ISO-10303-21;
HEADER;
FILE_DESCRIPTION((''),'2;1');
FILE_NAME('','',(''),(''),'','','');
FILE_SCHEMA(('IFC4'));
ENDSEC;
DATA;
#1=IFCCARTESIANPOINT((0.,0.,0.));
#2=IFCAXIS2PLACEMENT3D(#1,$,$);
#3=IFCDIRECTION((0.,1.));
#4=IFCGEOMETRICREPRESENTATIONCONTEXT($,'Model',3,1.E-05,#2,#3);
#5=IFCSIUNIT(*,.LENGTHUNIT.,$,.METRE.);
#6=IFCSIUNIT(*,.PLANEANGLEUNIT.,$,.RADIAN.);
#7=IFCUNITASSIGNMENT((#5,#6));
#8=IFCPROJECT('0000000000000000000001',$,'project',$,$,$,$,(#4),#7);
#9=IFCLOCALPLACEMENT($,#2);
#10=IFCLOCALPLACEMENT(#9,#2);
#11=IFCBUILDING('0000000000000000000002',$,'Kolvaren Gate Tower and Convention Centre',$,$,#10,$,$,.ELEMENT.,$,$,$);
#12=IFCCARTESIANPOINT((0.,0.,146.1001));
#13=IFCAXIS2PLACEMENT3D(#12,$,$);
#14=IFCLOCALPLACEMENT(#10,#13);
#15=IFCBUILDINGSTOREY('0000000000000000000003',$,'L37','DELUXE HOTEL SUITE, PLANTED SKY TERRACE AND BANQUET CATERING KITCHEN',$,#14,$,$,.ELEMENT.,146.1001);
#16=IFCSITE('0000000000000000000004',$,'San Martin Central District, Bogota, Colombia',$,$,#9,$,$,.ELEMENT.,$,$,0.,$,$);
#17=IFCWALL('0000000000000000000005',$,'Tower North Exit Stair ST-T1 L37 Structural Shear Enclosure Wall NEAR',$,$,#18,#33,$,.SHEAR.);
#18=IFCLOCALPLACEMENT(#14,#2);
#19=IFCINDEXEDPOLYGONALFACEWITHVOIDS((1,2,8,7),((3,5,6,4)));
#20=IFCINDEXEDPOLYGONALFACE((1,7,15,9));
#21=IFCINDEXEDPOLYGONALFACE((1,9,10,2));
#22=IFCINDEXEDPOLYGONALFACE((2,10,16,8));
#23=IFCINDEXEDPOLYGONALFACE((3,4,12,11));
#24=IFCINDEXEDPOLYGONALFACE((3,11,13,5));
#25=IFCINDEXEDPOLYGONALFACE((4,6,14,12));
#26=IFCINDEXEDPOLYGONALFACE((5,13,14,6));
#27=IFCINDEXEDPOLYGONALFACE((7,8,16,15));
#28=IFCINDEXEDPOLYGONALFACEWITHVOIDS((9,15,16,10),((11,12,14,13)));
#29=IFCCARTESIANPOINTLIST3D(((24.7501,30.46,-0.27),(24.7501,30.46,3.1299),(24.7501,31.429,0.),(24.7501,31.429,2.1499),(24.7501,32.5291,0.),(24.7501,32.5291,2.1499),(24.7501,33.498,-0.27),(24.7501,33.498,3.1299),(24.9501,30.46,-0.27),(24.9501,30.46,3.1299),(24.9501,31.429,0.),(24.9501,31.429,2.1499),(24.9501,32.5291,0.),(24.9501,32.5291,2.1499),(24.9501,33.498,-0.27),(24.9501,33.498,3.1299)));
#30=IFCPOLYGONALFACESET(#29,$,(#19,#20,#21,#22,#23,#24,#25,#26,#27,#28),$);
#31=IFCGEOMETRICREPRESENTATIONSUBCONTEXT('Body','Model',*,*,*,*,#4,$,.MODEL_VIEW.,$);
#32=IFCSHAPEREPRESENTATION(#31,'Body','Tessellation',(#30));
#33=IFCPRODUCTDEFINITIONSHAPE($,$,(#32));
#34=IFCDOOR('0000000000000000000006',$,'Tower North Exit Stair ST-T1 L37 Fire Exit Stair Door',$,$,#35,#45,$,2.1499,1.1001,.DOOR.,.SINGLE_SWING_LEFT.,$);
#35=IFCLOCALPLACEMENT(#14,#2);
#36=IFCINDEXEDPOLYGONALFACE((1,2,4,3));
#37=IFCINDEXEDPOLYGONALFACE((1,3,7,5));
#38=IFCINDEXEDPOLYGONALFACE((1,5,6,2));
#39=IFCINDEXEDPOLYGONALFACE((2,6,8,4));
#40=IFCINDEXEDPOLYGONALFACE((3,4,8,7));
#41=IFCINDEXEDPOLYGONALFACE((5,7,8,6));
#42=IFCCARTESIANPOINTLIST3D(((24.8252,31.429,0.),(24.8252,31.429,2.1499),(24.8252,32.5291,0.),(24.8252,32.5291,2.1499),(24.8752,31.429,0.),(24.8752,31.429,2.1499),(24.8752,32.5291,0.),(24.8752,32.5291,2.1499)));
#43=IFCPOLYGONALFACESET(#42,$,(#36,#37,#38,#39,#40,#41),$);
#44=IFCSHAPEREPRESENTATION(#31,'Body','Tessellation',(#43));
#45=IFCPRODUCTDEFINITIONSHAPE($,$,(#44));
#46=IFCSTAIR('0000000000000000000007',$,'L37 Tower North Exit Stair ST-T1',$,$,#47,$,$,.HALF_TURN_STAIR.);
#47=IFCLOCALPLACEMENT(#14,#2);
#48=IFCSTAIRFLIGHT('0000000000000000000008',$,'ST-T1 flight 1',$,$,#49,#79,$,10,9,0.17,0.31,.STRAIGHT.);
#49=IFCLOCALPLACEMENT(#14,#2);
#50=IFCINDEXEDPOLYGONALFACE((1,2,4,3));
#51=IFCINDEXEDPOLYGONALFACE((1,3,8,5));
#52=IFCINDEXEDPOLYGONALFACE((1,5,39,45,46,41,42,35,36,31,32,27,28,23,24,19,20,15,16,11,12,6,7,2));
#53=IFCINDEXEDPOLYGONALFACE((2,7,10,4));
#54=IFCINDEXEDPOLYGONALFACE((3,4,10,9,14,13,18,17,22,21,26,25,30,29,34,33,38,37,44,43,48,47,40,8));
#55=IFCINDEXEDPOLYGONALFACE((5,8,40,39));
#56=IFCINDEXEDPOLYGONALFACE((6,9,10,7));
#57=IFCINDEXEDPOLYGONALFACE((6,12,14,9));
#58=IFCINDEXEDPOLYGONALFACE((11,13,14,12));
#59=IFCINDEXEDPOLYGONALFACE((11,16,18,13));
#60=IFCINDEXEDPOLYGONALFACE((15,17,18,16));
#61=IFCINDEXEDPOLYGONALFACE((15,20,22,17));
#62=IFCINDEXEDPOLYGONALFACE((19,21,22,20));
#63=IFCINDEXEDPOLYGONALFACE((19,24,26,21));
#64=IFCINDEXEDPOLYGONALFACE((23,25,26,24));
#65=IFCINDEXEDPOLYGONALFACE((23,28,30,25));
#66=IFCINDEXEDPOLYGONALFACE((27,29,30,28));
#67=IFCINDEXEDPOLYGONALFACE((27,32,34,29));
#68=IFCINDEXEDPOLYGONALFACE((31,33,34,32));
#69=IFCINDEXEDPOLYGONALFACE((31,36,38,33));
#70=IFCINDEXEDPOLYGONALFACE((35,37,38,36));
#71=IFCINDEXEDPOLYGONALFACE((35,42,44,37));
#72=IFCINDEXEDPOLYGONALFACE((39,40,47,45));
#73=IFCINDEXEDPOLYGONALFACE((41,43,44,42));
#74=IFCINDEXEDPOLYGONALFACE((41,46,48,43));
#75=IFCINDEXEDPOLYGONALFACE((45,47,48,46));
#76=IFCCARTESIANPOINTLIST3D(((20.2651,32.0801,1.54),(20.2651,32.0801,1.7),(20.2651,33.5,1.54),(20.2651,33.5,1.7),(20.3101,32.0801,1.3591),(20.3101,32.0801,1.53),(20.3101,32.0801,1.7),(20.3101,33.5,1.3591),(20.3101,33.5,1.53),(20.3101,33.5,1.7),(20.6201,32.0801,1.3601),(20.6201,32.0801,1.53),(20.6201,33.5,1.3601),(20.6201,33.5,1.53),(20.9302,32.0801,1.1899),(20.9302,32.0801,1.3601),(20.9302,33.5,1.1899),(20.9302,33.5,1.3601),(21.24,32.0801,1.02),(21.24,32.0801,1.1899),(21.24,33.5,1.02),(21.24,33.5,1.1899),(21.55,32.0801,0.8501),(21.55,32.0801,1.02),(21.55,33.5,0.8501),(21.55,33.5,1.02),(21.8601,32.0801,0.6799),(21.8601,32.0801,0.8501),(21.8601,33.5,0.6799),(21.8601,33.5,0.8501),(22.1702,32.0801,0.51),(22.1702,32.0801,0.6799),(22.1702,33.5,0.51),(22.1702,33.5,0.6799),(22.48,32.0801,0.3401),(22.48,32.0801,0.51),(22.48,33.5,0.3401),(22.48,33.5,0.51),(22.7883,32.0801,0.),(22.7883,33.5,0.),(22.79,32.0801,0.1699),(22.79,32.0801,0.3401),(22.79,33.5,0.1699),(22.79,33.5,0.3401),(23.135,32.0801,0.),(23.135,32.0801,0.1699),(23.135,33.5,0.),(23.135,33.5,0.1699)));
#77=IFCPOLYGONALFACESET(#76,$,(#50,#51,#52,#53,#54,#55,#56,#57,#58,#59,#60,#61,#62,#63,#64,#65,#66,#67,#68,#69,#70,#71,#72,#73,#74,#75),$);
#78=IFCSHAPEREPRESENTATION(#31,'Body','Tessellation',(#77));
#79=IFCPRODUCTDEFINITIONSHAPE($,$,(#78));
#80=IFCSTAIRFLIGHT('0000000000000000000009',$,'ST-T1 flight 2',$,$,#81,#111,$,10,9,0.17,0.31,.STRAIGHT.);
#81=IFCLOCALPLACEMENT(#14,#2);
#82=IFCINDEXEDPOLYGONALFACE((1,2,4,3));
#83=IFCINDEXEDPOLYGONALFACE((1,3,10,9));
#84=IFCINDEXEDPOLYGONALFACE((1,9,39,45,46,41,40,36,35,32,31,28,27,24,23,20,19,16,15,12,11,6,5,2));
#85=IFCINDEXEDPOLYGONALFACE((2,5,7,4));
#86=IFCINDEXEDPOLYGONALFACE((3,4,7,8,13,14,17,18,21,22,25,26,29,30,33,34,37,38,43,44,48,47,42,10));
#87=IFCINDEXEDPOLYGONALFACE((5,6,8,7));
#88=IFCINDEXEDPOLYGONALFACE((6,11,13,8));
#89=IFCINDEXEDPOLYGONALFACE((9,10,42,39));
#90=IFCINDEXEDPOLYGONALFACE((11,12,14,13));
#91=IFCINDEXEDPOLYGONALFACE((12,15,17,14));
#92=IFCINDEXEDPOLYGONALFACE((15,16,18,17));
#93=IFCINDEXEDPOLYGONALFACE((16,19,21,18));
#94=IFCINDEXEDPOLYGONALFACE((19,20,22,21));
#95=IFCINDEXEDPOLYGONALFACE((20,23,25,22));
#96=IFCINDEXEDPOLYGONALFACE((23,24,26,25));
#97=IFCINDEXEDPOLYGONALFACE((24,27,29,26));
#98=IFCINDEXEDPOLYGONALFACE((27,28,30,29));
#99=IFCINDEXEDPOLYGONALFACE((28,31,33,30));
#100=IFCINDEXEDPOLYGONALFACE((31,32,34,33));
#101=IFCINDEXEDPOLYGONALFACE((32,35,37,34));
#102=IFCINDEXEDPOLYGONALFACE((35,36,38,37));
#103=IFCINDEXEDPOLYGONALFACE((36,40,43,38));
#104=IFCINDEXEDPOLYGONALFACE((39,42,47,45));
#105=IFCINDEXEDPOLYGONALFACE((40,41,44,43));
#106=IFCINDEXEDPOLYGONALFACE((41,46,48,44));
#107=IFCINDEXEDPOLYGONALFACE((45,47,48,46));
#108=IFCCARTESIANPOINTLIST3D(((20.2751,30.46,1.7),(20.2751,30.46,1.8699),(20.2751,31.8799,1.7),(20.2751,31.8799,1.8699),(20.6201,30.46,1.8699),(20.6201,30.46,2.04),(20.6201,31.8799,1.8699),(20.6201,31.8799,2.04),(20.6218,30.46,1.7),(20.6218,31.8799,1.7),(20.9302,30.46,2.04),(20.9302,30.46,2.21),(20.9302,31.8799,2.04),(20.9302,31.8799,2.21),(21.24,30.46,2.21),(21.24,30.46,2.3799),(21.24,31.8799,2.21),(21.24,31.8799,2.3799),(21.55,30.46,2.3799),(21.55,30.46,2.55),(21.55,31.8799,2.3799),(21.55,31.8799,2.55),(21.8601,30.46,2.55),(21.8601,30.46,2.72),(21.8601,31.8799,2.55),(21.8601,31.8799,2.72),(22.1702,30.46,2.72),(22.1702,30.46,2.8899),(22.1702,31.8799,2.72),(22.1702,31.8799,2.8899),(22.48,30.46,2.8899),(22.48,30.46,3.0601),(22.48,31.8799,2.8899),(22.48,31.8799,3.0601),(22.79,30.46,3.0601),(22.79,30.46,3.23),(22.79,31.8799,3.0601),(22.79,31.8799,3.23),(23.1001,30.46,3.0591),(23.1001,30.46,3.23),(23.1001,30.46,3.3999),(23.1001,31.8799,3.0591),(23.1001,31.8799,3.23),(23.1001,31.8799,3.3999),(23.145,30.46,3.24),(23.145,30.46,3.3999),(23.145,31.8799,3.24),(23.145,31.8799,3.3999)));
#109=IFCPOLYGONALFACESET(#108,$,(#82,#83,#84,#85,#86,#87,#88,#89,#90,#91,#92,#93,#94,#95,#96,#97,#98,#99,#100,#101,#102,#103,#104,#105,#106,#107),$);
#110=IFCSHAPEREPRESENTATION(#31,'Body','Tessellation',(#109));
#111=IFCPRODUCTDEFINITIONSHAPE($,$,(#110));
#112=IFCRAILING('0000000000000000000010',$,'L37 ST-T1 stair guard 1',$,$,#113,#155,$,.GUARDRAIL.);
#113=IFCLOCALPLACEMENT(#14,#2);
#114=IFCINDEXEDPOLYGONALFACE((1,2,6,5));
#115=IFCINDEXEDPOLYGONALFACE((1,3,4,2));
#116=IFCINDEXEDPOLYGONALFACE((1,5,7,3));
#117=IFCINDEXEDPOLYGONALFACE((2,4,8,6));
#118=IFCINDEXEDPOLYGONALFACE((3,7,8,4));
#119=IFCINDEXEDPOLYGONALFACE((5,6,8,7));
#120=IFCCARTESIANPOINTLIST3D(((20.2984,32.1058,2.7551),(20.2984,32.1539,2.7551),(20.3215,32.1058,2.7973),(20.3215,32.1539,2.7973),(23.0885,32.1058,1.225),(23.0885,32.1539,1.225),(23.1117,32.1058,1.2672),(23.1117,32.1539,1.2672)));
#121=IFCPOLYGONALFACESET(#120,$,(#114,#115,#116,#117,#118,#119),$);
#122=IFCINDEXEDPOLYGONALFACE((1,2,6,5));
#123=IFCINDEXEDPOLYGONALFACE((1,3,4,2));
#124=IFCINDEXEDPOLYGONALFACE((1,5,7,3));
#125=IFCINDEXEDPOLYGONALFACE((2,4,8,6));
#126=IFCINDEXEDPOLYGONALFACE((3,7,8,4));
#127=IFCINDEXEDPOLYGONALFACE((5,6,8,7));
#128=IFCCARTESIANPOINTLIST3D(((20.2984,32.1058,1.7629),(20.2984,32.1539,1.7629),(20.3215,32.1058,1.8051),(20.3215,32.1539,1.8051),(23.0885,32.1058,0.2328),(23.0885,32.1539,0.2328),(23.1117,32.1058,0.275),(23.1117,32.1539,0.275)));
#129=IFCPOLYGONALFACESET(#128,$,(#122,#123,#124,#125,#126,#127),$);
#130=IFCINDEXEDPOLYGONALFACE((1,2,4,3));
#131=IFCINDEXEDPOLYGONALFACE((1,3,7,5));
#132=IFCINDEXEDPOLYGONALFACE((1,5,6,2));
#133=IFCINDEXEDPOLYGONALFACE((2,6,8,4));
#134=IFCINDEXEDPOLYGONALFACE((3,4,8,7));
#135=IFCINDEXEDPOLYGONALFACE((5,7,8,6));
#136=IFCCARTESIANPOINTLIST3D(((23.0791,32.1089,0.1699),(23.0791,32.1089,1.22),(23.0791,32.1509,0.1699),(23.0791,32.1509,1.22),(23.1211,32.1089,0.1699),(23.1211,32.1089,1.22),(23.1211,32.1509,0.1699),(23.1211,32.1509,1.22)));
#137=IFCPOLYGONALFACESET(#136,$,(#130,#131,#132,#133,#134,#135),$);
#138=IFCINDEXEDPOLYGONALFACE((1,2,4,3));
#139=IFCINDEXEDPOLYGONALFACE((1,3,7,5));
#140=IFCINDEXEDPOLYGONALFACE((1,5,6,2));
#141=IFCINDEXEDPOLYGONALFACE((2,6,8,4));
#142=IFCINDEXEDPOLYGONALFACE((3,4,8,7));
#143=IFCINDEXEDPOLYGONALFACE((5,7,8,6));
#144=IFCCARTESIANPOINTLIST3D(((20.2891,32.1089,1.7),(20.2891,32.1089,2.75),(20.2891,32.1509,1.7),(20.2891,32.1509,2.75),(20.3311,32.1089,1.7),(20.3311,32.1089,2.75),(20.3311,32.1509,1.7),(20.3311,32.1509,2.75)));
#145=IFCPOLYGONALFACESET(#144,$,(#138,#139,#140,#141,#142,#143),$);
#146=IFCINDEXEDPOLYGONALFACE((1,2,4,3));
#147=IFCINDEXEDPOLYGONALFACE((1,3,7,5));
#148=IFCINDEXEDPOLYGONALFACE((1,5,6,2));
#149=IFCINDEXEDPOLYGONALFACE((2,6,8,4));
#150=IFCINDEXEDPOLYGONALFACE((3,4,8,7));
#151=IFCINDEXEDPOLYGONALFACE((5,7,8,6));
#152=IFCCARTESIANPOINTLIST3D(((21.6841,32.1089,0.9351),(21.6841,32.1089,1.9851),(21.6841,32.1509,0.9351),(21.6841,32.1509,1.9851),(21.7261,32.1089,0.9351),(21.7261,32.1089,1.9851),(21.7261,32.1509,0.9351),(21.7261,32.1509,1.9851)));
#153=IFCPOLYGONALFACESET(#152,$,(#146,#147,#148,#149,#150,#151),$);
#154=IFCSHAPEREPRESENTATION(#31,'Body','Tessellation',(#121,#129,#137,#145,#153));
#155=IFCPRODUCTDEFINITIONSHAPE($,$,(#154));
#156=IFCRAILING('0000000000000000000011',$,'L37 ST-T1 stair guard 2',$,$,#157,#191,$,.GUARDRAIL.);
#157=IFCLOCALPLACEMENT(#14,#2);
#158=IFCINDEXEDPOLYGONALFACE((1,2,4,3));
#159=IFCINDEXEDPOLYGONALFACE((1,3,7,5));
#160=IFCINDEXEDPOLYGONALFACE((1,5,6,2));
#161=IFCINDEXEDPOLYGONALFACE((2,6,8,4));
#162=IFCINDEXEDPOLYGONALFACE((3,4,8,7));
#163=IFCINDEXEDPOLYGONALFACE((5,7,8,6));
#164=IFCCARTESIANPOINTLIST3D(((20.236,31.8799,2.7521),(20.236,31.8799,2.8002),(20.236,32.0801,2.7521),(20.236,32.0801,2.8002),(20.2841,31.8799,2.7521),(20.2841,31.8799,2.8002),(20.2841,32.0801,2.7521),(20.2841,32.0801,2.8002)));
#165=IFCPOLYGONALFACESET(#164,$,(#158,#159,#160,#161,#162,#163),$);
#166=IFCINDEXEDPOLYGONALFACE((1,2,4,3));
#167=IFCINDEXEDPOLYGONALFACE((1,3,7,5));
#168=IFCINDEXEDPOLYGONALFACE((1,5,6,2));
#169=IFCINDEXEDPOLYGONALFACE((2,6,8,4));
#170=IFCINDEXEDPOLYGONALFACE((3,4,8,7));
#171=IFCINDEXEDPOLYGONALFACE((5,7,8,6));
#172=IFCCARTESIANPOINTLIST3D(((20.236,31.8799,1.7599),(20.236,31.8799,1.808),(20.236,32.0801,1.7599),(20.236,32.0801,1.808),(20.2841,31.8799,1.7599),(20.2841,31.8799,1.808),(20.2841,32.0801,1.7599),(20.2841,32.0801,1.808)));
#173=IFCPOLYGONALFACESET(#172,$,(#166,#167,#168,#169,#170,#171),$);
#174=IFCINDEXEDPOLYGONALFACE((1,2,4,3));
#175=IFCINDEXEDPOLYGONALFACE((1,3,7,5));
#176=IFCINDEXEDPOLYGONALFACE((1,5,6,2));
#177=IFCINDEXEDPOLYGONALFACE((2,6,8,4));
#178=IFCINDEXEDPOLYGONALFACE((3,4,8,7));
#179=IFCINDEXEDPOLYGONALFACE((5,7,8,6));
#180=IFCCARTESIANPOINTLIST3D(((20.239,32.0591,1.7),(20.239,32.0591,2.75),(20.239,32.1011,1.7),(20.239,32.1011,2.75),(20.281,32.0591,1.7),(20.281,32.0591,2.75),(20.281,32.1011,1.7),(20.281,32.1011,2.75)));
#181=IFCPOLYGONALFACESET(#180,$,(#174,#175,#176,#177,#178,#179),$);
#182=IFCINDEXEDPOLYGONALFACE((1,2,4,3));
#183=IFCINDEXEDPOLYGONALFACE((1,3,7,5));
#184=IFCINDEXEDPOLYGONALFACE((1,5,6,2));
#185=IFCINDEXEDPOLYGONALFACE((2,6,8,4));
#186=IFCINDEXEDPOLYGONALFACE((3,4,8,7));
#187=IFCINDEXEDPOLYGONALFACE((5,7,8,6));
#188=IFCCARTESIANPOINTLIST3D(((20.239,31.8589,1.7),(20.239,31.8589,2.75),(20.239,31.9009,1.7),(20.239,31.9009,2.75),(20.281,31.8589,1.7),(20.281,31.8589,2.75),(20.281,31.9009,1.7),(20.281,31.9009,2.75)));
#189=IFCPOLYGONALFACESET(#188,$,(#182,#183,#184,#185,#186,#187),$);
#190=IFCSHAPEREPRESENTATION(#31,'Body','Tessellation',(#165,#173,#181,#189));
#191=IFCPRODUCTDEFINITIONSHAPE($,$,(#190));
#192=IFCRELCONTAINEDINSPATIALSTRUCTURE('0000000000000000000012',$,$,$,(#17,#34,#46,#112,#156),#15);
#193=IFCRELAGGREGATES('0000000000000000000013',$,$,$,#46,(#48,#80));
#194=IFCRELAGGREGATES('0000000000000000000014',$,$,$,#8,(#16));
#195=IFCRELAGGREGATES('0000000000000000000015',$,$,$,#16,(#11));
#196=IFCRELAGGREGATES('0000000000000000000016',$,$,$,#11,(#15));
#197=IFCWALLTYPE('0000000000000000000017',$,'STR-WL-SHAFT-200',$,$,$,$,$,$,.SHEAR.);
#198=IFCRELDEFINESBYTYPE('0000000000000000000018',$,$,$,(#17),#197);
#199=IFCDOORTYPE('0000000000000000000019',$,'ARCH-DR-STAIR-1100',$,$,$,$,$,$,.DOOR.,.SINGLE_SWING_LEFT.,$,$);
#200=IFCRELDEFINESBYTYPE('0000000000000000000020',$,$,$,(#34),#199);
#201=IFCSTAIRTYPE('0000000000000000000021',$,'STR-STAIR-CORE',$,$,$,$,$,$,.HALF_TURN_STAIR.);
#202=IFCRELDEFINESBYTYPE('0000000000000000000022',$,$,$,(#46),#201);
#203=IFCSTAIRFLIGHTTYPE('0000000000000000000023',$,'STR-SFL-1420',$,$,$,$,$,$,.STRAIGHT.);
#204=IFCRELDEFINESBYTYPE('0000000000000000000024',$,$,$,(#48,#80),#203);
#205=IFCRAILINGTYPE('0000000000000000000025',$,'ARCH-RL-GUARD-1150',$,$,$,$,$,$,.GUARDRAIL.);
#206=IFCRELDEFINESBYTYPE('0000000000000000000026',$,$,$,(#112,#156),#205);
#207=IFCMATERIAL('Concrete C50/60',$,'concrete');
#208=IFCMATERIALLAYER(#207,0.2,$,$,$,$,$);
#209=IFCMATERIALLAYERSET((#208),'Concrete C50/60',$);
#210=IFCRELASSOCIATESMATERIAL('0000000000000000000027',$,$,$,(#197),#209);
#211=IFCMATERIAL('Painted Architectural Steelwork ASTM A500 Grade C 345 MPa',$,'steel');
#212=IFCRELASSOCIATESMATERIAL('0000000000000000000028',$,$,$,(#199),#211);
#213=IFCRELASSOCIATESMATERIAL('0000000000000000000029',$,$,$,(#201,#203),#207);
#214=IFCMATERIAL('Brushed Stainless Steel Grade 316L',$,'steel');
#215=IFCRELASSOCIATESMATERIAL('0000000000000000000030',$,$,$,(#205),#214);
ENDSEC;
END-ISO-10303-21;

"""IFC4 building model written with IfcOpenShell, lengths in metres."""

from ifc_helpers import new_model, si_unit, direction, frame, frame_2d, origin, origin_2d, place, context, subcontext, project, spatial, polyline, rectangle, outline, extrude, material, layer, layer_set, type_object, element, fill, aggregate, save


model = new_model("IFC4")

# Units and contexts
model_context = context("Model", 3, precision=1e-05, world=origin(), true_north=direction((0.0, 1.0)))
body_context = subcontext(model_context, "Body", "Model", "MODEL_VIEW")
ifc_project = project(units=[si_unit("LENGTHUNIT", "METRE"), si_unit("PLANEANGLEUNIT", "RADIAN")], contexts=[model_context])

# Site, building, storey
site_placement = place(None, origin())
site = spatial("IfcSite", under=ifc_project, at=site_placement, Name="San Martin Central District, Bogota, Colombia", CompositionType="ELEMENT", RefElevation=0.0)
building_placement = place(site_placement, origin())
building = spatial("IfcBuilding", under=site, at=building_placement, Name="Kolvaren Gate Tower and Convention Centre", CompositionType="ELEMENT")
storey_placement = place(building_placement, frame((0.0, 0.0, 146.1001)))
storey = spatial("IfcBuildingStorey", under=building, at=storey_placement, Name="L37", Description="DELUXE HOTEL SUITE, PLANTED SKY TERRACE AND BANQUET CATERING KITCHEN", CompositionType="ELEMENT", Elevation=146.1001)

# Shared definitions
ifc_material_1 = material(Name="Brushed Stainless Steel Grade 316L", Category="steel")

# Wall, opening, door
ifc_material_2 = material(Name="Concrete C50/60", Category="concrete")
ifc_layer_1 = layer(ifc_material_2, 0.2)
ifc_layer_set_1 = layer_set([ifc_layer_1], Name="Concrete C50/60")
wall_type_1 = type_object("IfcWallType", Name="STR-WL-SHAFT-200", PredefinedType="SHEAR", material=ifc_layer_set_1)
wall_1_placement = place(storey_placement, frame((24.8501, 30.46, -0.27), z_axis=(0.0, 0.0, 1.0), x_axis=(0.0, 1.0, 0.0)))
wall_1 = element("IfcWall", 1, at=wall_1_placement, inside=storey, type_object=wall_type_1, Name="Tower North Exit Stair ST-T1 L37 Structural Shear Enclosure Wall NEAR", PredefinedType="SHEAR", context=body_context, shape_type="SweptSolid", body=[
    extrude(rectangle(XDim=3.0381, YDim=0.2, at=frame_2d((1.519, 0.0))), origin(), (0.0, 0.0, 1.0), 3.3999),
])
opening_1_placement = place(wall_1_placement, frame((0.969, 0.0, 0.27)))
opening_1 = element("IfcOpeningElement", 2, at=opening_1_placement, cuts=wall_1, PredefinedType="OPENING", context=body_context, shape_type="SweptSolid", body=[
    extrude(rectangle(XDim=1.1001, YDim=2.1499, at=frame_2d((0.55, 1.075))), frame((0.0, 0.1099, 0.0), z_axis=(0.0, -1.0, 0.0), x_axis=(1.0, 0.0, 0.0)), (0.0, 0.0, 1.0), 0.22),
])
ifc_material_3 = material(Name="Painted Architectural Steelwork ASTM A500 Grade C 345 MPa", Category="steel")
door_type_1 = type_object("IfcDoorType", Name="ARCH-DR-STAIR-1100", OperationType="SINGLE_SWING_LEFT", PredefinedType="DOOR", material=ifc_material_3)
door_1_placement = place(opening_1_placement, origin())
door_1 = element("IfcDoor", 3, at=door_1_placement, inside=storey, type_object=door_type_1, Name="Tower North Exit Stair ST-T1 L37 Fire Exit Stair Door", OperationType="SINGLE_SWING_LEFT", OverallHeight=2.1499, OverallWidth=1.1001, PredefinedType="DOOR", context=body_context, shape_type="SweptSolid", body=[
    extrude(rectangle(XDim=1.1001, YDim=2.1499, at=frame_2d((0.55, 1.075))), frame((0.0, 0.0249, 0.0), z_axis=(0.0, -1.0, 0.0), x_axis=(1.0, 0.0, 0.0)), (0.0, 0.0, 1.0), 0.05),
])
fill(opening_1, door_1)

# Stair, stair flights
stair_type = type_object("IfcStairType", Name="STR-STAIR-CORE", PredefinedType="HALF_TURN_STAIR", material=ifc_material_2)
stair_placement = place(storey_placement, origin())
stair = element("IfcStair", 4, at=stair_placement, inside=storey, type_object=stair_type, Name="L37 Tower North Exit Stair ST-T1", PredefinedType="HALF_TURN_STAIR")
stair_flight_type = type_object("IfcStairFlightType", Name="STR-SFL-1420", PredefinedType="STRAIGHT", material=ifc_material_2)
stair_flight_1_placement = place(storey_placement, frame((23.1001, 32.79, 0.0), z_axis=(0.0, 0.0, 1.0), x_axis=(-1.0, 0.0, 0.0)))
stair_flight_1 = element("IfcStairFlight", 5, at=stair_flight_1_placement, type_object=stair_flight_type, Name="ST-T1 flight 1", NumberOfRisers=10, NumberOfTreads=9, PredefinedType="STRAIGHT", RiserHeight=0.17, TreadLength=0.31, context=body_context, shape_type="SweptSolid", body=[
    extrude(outline(polyline([(-0.0349, 0.0), (-0.0349, 0.1699), (0.3101, 0.1699), (0.3101, 0.3401), (0.6201, 0.3401), (0.6201, 0.51), (0.9299, 0.51), (0.9299, 0.6799), (1.24, 0.6799), (1.24, 0.8501), (1.55, 0.8501), (1.55, 1.02), (1.8601, 1.02), (1.8601, 1.1899), (2.1699, 1.1899), (2.1699, 1.3601), (2.48, 1.3601), (2.48, 1.53), (2.79, 1.53), (2.79, 1.7), (2.835, 1.7), (2.835, 1.54), (2.79, 1.3591), (0.3118, 0.0), (-0.0349, 0.0)])), frame((0.0, 0.71, 0.0), z_axis=(0.0, -1.0, 0.0), x_axis=(1.0, 0.0, 0.0)), (0.0, 0.0, 1.0), 1.4199),
])
stair_flight_2_placement = place(storey_placement, frame((20.3101, 31.1699, 1.7), z_axis=(0.0, 0.0, 1.0), x_axis=(1.0, 0.0, 0.0)))
stair_flight_2 = element("IfcStairFlight", 6, at=stair_flight_2_placement, type_object=stair_flight_type, Name="ST-T1 flight 2", NumberOfRisers=10, NumberOfTreads=9, PredefinedType="STRAIGHT", RiserHeight=0.17, TreadLength=0.31, context=body_context, shape_type="SweptSolid", body=[
    extrude(outline(polyline([(-0.0349, 0.0), (-0.0349, 0.1699), (0.3101, 0.1699), (0.3101, 0.3401), (0.6201, 0.3401), (0.6201, 0.51), (0.9299, 0.51), (0.9299, 0.6799), (1.24, 0.6799), (1.24, 0.8501), (1.55, 0.8501), (1.55, 1.02), (1.8601, 1.02), (1.8601, 1.1899), (2.1699, 1.1899), (2.1699, 1.3601), (2.48, 1.3601), (2.48, 1.53), (2.79, 1.53), (2.79, 1.7), (2.835, 1.7), (2.835, 1.54), (2.79, 1.3591), (0.3118, 0.0), (-0.0349, 0.0)])), frame((0.0, 0.71, 0.0), z_axis=(0.0, -1.0, 0.0), x_axis=(1.0, 0.0, 0.0)), (0.0, 0.0, 1.0), 1.4199),
])
aggregate(stair, [stair_flight_1, stair_flight_2])

# Railings
railing_type_1 = type_object("IfcRailingType", Name="ARCH-RL-GUARD-1150", PredefinedType="GUARDRAIL", material=ifc_material_1)
railing_1_placement = place(storey_placement, frame((23.1001, 32.1299, 0.1699)))
element("IfcRailing", 7, at=railing_1_placement, inside=storey, type_object=railing_type_1, Name="L37 ST-T1 stair guard 1", PredefinedType="GUARDRAIL", context=body_context, shape_type="SweptSolid", body=[
    extrude(rectangle(XDim=0.0481, YDim=0.0481, at=origin_2d()), frame((0.0, 0.0, 1.0762), z_axis=(-0.876811, 0.0, 0.480835), x_axis=(0.0, -1.0, 0.0)), (0.0, 0.0, 1.0), 3.1821),
    extrude(rectangle(XDim=0.0481, YDim=0.0481, at=origin_2d()), frame((0.0, 0.0, 0.084), z_axis=(-0.876811, 0.0, 0.480835), x_axis=(0.0, -1.0, 0.0)), (0.0, 0.0, 1.0), 3.1821),
    extrude(rectangle(XDim=0.042, YDim=0.042, at=origin_2d()), origin(), (0.0, 0.0, 1.0), 1.05),
    extrude(rectangle(XDim=0.042, YDim=0.042, at=origin_2d()), frame((-2.79, 0.0, 1.53)), (0.0, 0.0, 1.0), 1.05),
    extrude(rectangle(XDim=0.042, YDim=0.042, at=origin_2d()), frame((-1.395, 0.0, 0.7651)), (0.0, 0.0, 1.0), 1.05),
])
railing_2_placement = place(storey_placement, frame((20.26, 32.0801, 1.7)))
element("IfcRailing", 8, at=railing_2_placement, inside=storey, type_object=railing_type_1, Name="L37 ST-T1 stair guard 2", PredefinedType="GUARDRAIL", context=body_context, shape_type="SweptSolid", body=[
    extrude(rectangle(XDim=0.0481, YDim=0.0481, at=origin_2d()), frame((0.0, 0.0, 1.0762), z_axis=(0.0, -1.0, 0.0), x_axis=(1.0, 0.0, 0.0)), (0.0, 0.0, 1.0), 0.2002),
    extrude(rectangle(XDim=0.0481, YDim=0.0481, at=origin_2d()), frame((0.0, 0.0, 0.084), z_axis=(0.0, -1.0, 0.0), x_axis=(1.0, 0.0, 0.0)), (0.0, 0.0, 1.0), 0.2002),
    extrude(rectangle(XDim=0.042, YDim=0.042, at=origin_2d()), origin(), (0.0, 0.0, 1.0), 1.05),
    extrude(rectangle(XDim=0.042, YDim=0.042, at=origin_2d()), frame((0.0, -0.2002, 0.0)), (0.0, 0.0, 1.0), 1.05),
])

save(model, "model.ifc")
